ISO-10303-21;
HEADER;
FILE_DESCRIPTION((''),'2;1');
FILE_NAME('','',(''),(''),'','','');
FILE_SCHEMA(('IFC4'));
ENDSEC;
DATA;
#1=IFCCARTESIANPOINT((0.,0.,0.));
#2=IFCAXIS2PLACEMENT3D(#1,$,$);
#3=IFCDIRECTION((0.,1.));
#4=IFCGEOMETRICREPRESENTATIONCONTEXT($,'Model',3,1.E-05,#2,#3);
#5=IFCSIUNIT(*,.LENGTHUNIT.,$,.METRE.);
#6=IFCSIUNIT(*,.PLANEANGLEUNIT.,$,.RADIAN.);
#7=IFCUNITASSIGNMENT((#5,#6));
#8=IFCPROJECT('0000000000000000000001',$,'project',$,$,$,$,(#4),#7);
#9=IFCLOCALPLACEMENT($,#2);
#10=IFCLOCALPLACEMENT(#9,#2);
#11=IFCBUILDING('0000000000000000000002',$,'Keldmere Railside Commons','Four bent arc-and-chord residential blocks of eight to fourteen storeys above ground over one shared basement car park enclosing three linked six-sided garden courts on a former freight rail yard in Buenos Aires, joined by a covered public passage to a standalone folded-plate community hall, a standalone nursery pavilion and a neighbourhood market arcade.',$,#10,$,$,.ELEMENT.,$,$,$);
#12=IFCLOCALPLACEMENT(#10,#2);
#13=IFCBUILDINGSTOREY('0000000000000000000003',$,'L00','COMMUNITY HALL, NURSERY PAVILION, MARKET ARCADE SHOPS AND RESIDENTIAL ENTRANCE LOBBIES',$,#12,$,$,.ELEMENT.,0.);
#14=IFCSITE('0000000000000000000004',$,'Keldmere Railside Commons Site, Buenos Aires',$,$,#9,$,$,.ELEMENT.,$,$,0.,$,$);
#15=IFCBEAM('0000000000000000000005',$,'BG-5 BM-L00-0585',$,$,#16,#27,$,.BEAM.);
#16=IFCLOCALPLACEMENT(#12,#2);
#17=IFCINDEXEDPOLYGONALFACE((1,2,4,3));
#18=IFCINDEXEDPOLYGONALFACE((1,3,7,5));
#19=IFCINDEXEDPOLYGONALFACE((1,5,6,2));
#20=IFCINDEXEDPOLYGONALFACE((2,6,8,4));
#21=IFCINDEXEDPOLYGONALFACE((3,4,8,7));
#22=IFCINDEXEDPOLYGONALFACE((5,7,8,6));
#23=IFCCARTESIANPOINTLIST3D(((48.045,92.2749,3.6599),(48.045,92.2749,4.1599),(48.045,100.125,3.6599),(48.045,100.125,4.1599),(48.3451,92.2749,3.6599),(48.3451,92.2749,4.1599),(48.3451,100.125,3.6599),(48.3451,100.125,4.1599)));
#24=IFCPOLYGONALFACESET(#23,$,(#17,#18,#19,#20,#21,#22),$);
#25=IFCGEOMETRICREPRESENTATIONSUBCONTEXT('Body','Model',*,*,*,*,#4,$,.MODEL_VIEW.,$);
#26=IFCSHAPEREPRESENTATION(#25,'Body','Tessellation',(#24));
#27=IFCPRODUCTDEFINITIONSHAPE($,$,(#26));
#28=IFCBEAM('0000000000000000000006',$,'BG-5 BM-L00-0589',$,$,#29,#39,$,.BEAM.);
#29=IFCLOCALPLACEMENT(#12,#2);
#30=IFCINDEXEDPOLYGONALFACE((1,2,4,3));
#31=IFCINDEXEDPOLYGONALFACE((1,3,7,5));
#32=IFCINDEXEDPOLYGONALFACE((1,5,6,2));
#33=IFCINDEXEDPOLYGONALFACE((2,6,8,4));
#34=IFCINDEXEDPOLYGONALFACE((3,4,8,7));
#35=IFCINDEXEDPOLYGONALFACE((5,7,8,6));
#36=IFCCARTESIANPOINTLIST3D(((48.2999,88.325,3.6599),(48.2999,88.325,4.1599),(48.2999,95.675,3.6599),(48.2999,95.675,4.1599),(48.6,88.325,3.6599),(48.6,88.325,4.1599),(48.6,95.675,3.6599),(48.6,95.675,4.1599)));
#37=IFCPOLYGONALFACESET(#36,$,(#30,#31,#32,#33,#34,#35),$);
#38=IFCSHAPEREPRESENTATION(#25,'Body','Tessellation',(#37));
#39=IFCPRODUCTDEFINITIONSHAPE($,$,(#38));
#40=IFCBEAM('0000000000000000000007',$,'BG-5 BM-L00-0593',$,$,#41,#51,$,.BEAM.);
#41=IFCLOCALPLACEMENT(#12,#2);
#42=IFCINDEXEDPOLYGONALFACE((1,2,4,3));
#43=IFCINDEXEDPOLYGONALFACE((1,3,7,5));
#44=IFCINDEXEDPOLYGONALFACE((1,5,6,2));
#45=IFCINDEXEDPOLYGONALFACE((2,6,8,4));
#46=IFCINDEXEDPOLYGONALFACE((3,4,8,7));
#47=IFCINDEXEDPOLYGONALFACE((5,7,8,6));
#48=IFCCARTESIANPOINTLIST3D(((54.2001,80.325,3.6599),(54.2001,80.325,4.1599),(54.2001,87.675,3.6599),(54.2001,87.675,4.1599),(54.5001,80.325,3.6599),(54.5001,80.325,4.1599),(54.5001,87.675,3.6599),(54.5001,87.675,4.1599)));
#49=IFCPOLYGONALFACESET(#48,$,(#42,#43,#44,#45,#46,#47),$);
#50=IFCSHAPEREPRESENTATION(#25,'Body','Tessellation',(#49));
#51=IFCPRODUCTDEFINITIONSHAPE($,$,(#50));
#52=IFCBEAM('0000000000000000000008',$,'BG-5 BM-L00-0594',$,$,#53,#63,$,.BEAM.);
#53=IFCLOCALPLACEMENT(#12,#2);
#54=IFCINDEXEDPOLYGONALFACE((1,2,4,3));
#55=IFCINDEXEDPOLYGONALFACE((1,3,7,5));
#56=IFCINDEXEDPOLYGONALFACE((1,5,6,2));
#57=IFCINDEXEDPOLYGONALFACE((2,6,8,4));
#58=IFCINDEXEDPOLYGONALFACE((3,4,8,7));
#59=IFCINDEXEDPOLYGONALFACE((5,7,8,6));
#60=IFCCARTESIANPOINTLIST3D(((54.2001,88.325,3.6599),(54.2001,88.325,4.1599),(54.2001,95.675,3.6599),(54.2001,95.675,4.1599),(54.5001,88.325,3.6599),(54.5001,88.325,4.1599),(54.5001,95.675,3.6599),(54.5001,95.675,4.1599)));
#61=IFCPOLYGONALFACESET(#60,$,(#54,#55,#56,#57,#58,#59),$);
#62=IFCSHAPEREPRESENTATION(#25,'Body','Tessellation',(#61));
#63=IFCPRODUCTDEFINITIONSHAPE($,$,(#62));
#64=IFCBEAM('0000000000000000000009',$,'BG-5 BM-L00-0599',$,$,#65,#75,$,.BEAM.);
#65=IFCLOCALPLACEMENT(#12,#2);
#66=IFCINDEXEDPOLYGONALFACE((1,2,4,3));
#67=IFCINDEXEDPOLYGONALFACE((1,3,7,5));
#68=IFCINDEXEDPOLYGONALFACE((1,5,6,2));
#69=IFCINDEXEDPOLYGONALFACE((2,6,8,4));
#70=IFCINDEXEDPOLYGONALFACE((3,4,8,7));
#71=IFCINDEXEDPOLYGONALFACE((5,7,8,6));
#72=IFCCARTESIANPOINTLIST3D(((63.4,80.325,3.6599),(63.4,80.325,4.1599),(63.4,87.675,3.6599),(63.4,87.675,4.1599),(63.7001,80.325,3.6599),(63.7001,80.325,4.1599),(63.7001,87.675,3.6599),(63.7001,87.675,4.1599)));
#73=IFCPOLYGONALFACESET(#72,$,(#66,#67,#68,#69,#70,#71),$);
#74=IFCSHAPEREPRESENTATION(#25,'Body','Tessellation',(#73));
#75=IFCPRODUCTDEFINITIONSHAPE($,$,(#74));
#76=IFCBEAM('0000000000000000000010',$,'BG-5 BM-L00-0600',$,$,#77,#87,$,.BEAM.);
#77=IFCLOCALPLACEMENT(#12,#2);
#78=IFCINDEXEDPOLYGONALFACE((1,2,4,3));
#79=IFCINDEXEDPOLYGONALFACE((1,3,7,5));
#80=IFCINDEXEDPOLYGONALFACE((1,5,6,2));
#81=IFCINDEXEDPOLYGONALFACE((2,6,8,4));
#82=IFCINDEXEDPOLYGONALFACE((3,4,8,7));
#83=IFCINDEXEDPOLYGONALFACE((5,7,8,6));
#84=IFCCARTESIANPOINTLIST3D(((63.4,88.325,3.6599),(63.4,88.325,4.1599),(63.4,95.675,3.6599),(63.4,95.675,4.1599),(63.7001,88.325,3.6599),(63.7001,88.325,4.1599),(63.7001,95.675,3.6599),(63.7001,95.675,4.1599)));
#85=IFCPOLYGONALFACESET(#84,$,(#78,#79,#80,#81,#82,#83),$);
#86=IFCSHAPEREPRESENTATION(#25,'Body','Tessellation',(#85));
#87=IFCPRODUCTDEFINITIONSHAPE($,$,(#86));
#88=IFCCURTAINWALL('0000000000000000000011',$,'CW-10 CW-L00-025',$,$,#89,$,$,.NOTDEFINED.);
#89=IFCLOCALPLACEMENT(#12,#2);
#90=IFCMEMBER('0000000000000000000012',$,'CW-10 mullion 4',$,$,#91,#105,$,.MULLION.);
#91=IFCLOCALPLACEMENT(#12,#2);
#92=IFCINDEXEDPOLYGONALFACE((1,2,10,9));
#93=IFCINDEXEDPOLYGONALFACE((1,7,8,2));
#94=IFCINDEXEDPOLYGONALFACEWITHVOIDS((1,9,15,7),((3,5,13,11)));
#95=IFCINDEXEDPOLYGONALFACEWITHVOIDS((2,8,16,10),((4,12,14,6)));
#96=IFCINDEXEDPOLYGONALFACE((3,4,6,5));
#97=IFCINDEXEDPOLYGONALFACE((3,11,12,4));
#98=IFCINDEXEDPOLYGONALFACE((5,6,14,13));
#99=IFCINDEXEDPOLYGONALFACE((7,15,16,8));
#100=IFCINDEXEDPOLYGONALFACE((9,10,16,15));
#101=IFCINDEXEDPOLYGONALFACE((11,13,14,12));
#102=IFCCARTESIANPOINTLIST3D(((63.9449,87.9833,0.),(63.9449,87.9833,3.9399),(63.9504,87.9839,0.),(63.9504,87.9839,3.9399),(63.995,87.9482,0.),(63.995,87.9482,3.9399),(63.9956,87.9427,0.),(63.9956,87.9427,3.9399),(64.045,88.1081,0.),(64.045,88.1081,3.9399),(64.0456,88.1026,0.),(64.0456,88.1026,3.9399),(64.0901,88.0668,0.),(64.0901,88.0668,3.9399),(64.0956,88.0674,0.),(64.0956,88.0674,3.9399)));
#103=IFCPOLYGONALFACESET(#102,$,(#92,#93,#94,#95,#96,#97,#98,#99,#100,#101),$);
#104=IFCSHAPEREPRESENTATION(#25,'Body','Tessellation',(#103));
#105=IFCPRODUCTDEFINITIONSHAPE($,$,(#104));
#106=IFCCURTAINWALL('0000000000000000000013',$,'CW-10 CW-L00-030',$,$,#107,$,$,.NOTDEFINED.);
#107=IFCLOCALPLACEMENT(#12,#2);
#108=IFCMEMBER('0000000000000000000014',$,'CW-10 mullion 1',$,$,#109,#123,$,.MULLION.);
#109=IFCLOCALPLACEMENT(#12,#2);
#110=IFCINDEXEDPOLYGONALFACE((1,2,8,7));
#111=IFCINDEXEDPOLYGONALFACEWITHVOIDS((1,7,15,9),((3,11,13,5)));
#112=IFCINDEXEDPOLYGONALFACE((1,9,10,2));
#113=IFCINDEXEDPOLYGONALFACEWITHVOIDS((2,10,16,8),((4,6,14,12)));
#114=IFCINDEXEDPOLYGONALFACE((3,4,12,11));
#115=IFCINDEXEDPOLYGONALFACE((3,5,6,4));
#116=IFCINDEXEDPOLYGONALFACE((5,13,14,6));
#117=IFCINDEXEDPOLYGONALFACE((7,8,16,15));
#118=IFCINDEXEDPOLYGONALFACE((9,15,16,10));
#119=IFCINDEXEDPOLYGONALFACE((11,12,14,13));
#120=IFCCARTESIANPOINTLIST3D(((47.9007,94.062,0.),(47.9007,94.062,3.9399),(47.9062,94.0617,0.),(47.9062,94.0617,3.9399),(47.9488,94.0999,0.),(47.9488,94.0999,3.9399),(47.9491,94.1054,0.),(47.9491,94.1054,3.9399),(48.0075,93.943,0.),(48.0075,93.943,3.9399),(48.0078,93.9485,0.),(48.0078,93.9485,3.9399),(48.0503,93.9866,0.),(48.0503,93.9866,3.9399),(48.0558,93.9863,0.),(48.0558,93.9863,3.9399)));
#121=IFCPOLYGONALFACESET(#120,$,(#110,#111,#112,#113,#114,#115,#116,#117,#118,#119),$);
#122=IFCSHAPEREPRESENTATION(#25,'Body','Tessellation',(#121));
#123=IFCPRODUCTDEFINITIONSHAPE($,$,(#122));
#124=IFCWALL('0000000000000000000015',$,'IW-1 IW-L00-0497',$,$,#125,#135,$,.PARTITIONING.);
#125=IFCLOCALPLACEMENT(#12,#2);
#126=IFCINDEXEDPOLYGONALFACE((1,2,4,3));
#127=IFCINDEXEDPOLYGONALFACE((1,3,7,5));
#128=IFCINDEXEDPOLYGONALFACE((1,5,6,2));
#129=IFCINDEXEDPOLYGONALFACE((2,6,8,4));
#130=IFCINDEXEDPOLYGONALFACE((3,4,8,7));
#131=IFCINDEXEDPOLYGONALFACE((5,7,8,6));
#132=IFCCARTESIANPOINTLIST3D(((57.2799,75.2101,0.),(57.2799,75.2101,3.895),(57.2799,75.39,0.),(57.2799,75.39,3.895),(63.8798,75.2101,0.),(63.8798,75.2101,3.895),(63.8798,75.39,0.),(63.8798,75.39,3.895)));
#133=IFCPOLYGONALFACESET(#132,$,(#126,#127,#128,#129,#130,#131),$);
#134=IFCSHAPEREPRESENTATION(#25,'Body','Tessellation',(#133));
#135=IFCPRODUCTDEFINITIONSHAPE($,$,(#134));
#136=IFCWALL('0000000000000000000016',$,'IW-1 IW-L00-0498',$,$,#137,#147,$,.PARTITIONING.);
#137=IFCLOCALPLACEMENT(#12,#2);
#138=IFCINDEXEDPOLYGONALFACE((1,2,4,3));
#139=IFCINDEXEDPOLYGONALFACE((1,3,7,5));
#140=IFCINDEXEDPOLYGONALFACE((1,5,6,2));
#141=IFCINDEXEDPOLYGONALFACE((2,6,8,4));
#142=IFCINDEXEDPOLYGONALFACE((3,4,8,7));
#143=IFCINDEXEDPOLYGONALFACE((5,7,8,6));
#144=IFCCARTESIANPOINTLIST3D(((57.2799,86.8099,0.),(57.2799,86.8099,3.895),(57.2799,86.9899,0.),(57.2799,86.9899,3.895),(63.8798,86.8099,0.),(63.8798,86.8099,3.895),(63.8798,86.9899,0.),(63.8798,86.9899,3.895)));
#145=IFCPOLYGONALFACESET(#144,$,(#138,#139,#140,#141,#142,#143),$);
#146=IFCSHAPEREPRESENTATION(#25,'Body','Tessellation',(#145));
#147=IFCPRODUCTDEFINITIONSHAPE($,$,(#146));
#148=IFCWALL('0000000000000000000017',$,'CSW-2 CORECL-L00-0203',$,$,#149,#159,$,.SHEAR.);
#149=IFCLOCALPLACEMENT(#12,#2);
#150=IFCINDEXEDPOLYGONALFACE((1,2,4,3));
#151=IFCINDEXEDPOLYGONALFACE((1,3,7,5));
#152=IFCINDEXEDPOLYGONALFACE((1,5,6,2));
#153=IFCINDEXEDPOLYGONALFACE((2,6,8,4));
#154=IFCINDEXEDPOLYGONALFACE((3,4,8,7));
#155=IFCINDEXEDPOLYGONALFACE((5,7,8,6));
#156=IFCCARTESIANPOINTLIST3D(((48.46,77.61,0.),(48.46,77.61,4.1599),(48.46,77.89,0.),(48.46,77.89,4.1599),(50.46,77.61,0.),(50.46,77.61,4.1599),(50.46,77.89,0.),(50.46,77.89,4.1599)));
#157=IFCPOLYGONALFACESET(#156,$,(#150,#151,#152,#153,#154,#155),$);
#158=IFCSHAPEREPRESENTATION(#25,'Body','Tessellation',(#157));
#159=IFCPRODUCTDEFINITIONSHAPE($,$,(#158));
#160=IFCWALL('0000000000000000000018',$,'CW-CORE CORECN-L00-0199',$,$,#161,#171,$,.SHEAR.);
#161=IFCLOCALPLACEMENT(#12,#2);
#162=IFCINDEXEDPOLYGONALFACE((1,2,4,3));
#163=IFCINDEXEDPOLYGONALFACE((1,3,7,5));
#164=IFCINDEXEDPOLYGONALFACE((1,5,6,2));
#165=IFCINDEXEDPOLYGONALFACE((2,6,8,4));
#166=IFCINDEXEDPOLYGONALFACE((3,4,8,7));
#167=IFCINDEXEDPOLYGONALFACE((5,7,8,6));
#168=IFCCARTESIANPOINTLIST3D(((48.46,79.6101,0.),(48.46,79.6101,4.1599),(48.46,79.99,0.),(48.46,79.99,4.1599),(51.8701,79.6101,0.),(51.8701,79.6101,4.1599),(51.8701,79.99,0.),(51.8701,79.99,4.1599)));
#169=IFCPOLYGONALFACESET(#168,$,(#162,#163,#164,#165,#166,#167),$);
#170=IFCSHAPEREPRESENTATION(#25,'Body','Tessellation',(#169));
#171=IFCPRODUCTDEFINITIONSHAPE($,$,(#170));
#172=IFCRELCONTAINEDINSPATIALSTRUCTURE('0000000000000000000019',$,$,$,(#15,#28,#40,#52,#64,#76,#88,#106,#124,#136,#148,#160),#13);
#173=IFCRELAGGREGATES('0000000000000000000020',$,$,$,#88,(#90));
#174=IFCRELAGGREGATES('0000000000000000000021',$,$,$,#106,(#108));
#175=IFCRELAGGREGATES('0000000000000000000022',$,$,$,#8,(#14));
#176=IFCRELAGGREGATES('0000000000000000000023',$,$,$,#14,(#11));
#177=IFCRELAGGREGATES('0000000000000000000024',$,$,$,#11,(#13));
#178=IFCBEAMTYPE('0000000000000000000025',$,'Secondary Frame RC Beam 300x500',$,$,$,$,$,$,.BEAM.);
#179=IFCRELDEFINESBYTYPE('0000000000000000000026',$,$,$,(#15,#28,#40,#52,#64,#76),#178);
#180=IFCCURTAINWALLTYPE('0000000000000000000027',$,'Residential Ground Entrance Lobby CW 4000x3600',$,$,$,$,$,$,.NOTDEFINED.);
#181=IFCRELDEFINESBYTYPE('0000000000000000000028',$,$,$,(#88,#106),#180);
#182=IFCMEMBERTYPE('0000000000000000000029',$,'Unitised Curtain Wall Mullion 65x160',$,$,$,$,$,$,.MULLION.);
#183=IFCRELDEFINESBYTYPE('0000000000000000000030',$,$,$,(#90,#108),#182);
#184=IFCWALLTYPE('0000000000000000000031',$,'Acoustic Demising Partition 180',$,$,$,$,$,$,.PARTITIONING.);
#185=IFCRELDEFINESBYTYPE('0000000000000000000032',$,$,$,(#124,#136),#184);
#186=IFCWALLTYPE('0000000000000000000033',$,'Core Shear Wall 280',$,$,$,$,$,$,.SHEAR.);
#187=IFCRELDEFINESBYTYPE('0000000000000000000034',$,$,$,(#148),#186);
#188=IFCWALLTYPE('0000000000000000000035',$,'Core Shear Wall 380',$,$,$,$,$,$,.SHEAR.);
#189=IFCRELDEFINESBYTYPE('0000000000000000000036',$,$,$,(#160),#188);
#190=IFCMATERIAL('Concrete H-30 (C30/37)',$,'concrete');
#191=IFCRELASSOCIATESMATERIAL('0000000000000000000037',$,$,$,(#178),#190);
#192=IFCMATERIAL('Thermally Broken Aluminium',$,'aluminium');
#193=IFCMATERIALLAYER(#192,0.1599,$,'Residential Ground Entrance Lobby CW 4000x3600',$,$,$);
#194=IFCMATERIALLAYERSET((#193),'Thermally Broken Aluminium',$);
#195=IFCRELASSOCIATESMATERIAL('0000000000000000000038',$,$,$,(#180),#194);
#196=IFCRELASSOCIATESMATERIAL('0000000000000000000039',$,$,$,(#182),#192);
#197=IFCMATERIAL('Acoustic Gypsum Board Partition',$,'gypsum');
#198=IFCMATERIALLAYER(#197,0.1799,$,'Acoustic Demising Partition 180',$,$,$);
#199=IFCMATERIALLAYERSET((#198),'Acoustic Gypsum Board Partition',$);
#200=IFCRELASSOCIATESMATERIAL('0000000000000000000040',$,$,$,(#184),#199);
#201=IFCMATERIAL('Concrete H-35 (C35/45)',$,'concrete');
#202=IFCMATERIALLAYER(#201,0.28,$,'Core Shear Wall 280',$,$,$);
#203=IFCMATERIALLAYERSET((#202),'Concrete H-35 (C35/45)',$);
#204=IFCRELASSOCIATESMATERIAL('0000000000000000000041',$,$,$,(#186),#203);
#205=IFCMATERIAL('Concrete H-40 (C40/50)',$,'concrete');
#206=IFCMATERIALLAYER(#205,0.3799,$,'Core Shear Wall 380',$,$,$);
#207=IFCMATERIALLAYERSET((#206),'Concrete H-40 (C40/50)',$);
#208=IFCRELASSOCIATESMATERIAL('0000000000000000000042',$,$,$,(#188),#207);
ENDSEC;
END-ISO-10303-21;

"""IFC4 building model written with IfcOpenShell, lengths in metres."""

from ifc_helpers import new_model, si_unit, direction, frame, frame_2d, origin, origin_2d, place, context, subcontext, project, spatial, rectangle, hollow_rectangle, extrude, material, layer, layer_set, material_profile, profile_set, type_object, element, aggregate, save


model = new_model("IFC4")

# Units and contexts
model_context = context("Model", 3, precision=1e-05, world=origin(), true_north=direction((0.0, 1.0)))
body_context = subcontext(model_context, "Body", "Model", "MODEL_VIEW")
ifc_project = project(units=[si_unit("LENGTHUNIT", "METRE"), si_unit("PLANEANGLEUNIT", "RADIAN")], contexts=[model_context])

# Site, building, storey
site_placement = place(None, origin())
site = spatial("IfcSite", under=ifc_project, at=site_placement, Name="Keldmere Railside Commons Site, Buenos Aires", CompositionType="ELEMENT", RefElevation=0.0)
building_placement = place(site_placement, origin())
building = spatial("IfcBuilding", under=site, at=building_placement, Name="Keldmere Railside Commons", Description="Four bent arc-and-chord residential blocks of eight to fourteen storeys above ground over one shared basement car park enclosing three linked six-sided garden courts on a former freight rail yard in Buenos Aires, joined by a covered public passage to a standalone folded-plate community hall, a standalone nursery pavilion and a neighbourhood market arcade.", CompositionType="ELEMENT")
storey_placement = place(building_placement, origin())
storey = spatial("IfcBuildingStorey", under=building, at=storey_placement, Name="L00", Description="COMMUNITY HALL, NURSERY PAVILION, MARKET ARCADE SHOPS AND RESIDENTIAL ENTRANCE LOBBIES", CompositionType="ELEMENT", Elevation=0.0)

# Shared definitions
ifc_material_1 = material(Name="Concrete H-40 (C40/50)", Category="concrete")

# Beams
ifc_material_2 = material(Name="Concrete H-30 (C30/37)", Category="concrete")
ifc_material_profile_1 = material_profile(ifc_material_2, rectangle(XDim=0.3, YDim=0.5, at=origin_2d()), Name="RC-300x500")
ifc_profile_set_1 = profile_set([ifc_material_profile_1], Name="Concrete H-30 (C30/37)")
beam_type_1 = type_object("IfcBeamType", Name="Secondary Frame RC Beam 300x500", PredefinedType="BEAM", material=ifc_profile_set_1)
beam_1_placement = place(storey_placement, frame((48.1951, 92.2749, 3.9099), z_axis=(0.0, 1.0, 0.0), x_axis=(-1.0, 0.0, 0.0)))
element("IfcBeam", 1, at=beam_1_placement, inside=storey, type_object=beam_type_1, Name="BG-5 BM-L00-0585", PredefinedType="BEAM", context=body_context, shape_type="SweptSolid", body=[
    extrude(rectangle(XDim=0.3, YDim=0.5, at=origin_2d()), origin(), (0.0, 0.0, 1.0), 7.8501),
])
for number, where, z_axis, x_axis, name in (
    (2, (48.45, 88.325, 3.9099), (0.0, 1.0, 0.0), (-1.0, 0.0, 0.0), "BG-5 BM-L00-0589"),
    (3, (54.3501, 80.325, 3.9099), (0.0, 1.0, 0.0), (-1.0, 0.0, 0.0), "BG-5 BM-L00-0593"),
    (4, (54.3501, 88.325, 3.9099), (0.0, 1.0, 0.0), (-1.0, 0.0, 0.0), "BG-5 BM-L00-0594"),
    (5, (63.55, 80.325, 3.9099), (0.0, 1.0, 0.0), (-1.0, 0.0, 0.0), "BG-5 BM-L00-0599"),
    (6, (63.55, 88.325, 3.9099), (0.0, 1.0, 0.0), (-1.0, 0.0, 0.0), "BG-5 BM-L00-0600"),
):
    element("IfcBeam", number, at=place(storey_placement, frame(where, z_axis=z_axis, x_axis=x_axis)), inside=storey, type_object=beam_type_1, Name=name, PredefinedType="BEAM", context=body_context, shape_type="SweptSolid", body=[
        extrude(rectangle(XDim=0.3, YDim=0.5, at=origin_2d()), origin(), (0.0, 0.0, 1.0), 7.3501),
    ])

# Curtain walls, members
ifc_material_3 = material(Name="Thermally Broken Aluminium", Category="aluminium")
ifc_layer_1 = layer(ifc_material_3, 0.1599, Name="Residential Ground Entrance Lobby CW 4000x3600")
ifc_layer_set_1 = layer_set([ifc_layer_1], Name="Thermally Broken Aluminium")
curtain_wall_type = type_object("IfcCurtainWallType", Name="Residential Ground Entrance Lobby CW 4000x3600", PredefinedType="NOTDEFINED", material=ifc_layer_set_1)
curtain_wall_1_placement = place(storey_placement, origin())
curtain_wall_1 = element("IfcCurtainWall", 7, at=curtain_wall_1_placement, inside=storey, type_object=curtain_wall_type, Name="CW-10 CW-L00-025", PredefinedType="NOTDEFINED")
ifc_material_profile_2 = material_profile(ifc_material_3, hollow_rectangle(XDim=0.0649, YDim=0.1599, WallThickness=0.0039, at=origin_2d()), Name="ALU-MULL-65x160")
ifc_profile_set_2 = profile_set([ifc_material_profile_2], Name="Thermally Broken Aluminium")
member_type = type_object("IfcMemberType", Name="Unitised Curtain Wall Mullion 65x160", PredefinedType="MULLION", material=ifc_profile_set_2)
member_1_placement = place(storey_placement, frame((64.0203, 88.0254, 0.0), z_axis=(0.0, 0.0, 1.0), x_axis=(0.780009, -0.625768, 0.0)))
member_1 = element("IfcMember", 8, at=member_1_placement, type_object=member_type, Name="CW-10 mullion 4", PredefinedType="MULLION", context=body_context, shape_type="SweptSolid", body=[
    extrude(hollow_rectangle(XDim=0.0649, YDim=0.1599, WallThickness=0.0039, at=origin_2d()), origin(), (0.0, 0.0, 1.0), 3.9399),
])
aggregate(curtain_wall_1, [member_1])
curtain_wall_2_placement = place(storey_placement, origin())
curtain_wall_2 = element("IfcCurtainWall", 9, at=curtain_wall_2_placement, inside=storey, type_object=curtain_wall_type, Name="CW-10 CW-L00-030", PredefinedType="NOTDEFINED")
member_2_placement = place(storey_placement, frame((47.9783, 94.0242, 0.0), z_axis=(0.0, 0.0, 1.0), x_axis=(-0.744557, -0.667559, 0.0)))
member_2 = element("IfcMember", 10, at=member_2_placement, type_object=member_type, Name="CW-10 mullion 1", PredefinedType="MULLION", context=body_context, shape_type="SweptSolid", body=[
    extrude(hollow_rectangle(XDim=0.0649, YDim=0.1599, WallThickness=0.0039, at=origin_2d()), origin(), (0.0, 0.0, 1.0), 3.9399),
])
aggregate(curtain_wall_2, [member_2])

# Walls
ifc_material_4 = material(Name="Acoustic Gypsum Board Partition", Category="gypsum")
ifc_layer_2 = layer(ifc_material_4, 0.1799, Name="Acoustic Demising Partition 180")
ifc_layer_set_2 = layer_set([ifc_layer_2], Name="Acoustic Gypsum Board Partition")
wall_type_1 = type_object("IfcWallType", Name="Acoustic Demising Partition 180", PredefinedType="PARTITIONING", material=ifc_layer_set_2)
for number, where, z_axis, x_axis, name in (
    (11, (57.28, 75.3, 0.0), (0.0, 0.0, 1.0), (1.0, 0.0, 0.0), "IW-1 IW-L00-0497"),
    (12, (57.28, 86.8999, 0.0), (0.0, 0.0, 1.0), (1.0, 0.0, 0.0), "IW-1 IW-L00-0498"),
):
    element("IfcWall", number, at=place(storey_placement, frame(where, z_axis=z_axis, x_axis=x_axis)), inside=storey, type_object=wall_type_1, Name=name, PredefinedType="PARTITIONING", context=body_context, shape_type="SweptSolid", body=[
        extrude(rectangle(XDim=6.5999, YDim=0.1799, at=frame_2d((3.2998, 0.0))), origin(), (0.0, 0.0, 1.0), 3.895),
    ])
ifc_material_5 = material(Name="Concrete H-35 (C35/45)", Category="concrete")
ifc_layer_3 = layer(ifc_material_5, 0.28, Name="Core Shear Wall 280")
ifc_layer_set_3 = layer_set([ifc_layer_3], Name="Concrete H-35 (C35/45)")
wall_type_2 = type_object("IfcWallType", Name="Core Shear Wall 280", PredefinedType="SHEAR", material=ifc_layer_set_3)
wall_1_placement = place(storey_placement, frame((48.46, 77.75, 0.0), z_axis=(0.0, 0.0, 1.0), x_axis=(1.0, 0.0, 0.0)))
element("IfcWall", 13, at=wall_1_placement, inside=storey, type_object=wall_type_2, Name="CSW-2 CORECL-L00-0203", PredefinedType="SHEAR", context=body_context, shape_type="SweptSolid", body=[
    extrude(rectangle(XDim=2.0, YDim=0.28, at=frame_2d((1.0, 0.0))), origin(), (0.0, 0.0, 1.0), 4.1599),
])
ifc_layer_4 = layer(ifc_material_1, 0.3799, Name="Core Shear Wall 380")
ifc_layer_set_4 = layer_set([ifc_layer_4], Name="Concrete H-40 (C40/50)")
wall_type_3 = type_object("IfcWallType", Name="Core Shear Wall 380", PredefinedType="SHEAR", material=ifc_layer_set_4)
wall_2_placement = place(storey_placement, frame((48.46, 79.8, 0.0), z_axis=(0.0, 0.0, 1.0), x_axis=(1.0, 0.0, 0.0)))
element("IfcWall", 14, at=wall_2_placement, inside=storey, type_object=wall_type_3, Name="CW-CORE CORECN-L00-0199", PredefinedType="SHEAR", context=body_context, shape_type="SweptSolid", body=[
    extrude(rectangle(XDim=3.4102, YDim=0.3799, at=frame_2d((1.7051, 0.0))), origin(), (0.0, 0.0, 1.0), 4.1599),
])

save(model, "model.ifc")
